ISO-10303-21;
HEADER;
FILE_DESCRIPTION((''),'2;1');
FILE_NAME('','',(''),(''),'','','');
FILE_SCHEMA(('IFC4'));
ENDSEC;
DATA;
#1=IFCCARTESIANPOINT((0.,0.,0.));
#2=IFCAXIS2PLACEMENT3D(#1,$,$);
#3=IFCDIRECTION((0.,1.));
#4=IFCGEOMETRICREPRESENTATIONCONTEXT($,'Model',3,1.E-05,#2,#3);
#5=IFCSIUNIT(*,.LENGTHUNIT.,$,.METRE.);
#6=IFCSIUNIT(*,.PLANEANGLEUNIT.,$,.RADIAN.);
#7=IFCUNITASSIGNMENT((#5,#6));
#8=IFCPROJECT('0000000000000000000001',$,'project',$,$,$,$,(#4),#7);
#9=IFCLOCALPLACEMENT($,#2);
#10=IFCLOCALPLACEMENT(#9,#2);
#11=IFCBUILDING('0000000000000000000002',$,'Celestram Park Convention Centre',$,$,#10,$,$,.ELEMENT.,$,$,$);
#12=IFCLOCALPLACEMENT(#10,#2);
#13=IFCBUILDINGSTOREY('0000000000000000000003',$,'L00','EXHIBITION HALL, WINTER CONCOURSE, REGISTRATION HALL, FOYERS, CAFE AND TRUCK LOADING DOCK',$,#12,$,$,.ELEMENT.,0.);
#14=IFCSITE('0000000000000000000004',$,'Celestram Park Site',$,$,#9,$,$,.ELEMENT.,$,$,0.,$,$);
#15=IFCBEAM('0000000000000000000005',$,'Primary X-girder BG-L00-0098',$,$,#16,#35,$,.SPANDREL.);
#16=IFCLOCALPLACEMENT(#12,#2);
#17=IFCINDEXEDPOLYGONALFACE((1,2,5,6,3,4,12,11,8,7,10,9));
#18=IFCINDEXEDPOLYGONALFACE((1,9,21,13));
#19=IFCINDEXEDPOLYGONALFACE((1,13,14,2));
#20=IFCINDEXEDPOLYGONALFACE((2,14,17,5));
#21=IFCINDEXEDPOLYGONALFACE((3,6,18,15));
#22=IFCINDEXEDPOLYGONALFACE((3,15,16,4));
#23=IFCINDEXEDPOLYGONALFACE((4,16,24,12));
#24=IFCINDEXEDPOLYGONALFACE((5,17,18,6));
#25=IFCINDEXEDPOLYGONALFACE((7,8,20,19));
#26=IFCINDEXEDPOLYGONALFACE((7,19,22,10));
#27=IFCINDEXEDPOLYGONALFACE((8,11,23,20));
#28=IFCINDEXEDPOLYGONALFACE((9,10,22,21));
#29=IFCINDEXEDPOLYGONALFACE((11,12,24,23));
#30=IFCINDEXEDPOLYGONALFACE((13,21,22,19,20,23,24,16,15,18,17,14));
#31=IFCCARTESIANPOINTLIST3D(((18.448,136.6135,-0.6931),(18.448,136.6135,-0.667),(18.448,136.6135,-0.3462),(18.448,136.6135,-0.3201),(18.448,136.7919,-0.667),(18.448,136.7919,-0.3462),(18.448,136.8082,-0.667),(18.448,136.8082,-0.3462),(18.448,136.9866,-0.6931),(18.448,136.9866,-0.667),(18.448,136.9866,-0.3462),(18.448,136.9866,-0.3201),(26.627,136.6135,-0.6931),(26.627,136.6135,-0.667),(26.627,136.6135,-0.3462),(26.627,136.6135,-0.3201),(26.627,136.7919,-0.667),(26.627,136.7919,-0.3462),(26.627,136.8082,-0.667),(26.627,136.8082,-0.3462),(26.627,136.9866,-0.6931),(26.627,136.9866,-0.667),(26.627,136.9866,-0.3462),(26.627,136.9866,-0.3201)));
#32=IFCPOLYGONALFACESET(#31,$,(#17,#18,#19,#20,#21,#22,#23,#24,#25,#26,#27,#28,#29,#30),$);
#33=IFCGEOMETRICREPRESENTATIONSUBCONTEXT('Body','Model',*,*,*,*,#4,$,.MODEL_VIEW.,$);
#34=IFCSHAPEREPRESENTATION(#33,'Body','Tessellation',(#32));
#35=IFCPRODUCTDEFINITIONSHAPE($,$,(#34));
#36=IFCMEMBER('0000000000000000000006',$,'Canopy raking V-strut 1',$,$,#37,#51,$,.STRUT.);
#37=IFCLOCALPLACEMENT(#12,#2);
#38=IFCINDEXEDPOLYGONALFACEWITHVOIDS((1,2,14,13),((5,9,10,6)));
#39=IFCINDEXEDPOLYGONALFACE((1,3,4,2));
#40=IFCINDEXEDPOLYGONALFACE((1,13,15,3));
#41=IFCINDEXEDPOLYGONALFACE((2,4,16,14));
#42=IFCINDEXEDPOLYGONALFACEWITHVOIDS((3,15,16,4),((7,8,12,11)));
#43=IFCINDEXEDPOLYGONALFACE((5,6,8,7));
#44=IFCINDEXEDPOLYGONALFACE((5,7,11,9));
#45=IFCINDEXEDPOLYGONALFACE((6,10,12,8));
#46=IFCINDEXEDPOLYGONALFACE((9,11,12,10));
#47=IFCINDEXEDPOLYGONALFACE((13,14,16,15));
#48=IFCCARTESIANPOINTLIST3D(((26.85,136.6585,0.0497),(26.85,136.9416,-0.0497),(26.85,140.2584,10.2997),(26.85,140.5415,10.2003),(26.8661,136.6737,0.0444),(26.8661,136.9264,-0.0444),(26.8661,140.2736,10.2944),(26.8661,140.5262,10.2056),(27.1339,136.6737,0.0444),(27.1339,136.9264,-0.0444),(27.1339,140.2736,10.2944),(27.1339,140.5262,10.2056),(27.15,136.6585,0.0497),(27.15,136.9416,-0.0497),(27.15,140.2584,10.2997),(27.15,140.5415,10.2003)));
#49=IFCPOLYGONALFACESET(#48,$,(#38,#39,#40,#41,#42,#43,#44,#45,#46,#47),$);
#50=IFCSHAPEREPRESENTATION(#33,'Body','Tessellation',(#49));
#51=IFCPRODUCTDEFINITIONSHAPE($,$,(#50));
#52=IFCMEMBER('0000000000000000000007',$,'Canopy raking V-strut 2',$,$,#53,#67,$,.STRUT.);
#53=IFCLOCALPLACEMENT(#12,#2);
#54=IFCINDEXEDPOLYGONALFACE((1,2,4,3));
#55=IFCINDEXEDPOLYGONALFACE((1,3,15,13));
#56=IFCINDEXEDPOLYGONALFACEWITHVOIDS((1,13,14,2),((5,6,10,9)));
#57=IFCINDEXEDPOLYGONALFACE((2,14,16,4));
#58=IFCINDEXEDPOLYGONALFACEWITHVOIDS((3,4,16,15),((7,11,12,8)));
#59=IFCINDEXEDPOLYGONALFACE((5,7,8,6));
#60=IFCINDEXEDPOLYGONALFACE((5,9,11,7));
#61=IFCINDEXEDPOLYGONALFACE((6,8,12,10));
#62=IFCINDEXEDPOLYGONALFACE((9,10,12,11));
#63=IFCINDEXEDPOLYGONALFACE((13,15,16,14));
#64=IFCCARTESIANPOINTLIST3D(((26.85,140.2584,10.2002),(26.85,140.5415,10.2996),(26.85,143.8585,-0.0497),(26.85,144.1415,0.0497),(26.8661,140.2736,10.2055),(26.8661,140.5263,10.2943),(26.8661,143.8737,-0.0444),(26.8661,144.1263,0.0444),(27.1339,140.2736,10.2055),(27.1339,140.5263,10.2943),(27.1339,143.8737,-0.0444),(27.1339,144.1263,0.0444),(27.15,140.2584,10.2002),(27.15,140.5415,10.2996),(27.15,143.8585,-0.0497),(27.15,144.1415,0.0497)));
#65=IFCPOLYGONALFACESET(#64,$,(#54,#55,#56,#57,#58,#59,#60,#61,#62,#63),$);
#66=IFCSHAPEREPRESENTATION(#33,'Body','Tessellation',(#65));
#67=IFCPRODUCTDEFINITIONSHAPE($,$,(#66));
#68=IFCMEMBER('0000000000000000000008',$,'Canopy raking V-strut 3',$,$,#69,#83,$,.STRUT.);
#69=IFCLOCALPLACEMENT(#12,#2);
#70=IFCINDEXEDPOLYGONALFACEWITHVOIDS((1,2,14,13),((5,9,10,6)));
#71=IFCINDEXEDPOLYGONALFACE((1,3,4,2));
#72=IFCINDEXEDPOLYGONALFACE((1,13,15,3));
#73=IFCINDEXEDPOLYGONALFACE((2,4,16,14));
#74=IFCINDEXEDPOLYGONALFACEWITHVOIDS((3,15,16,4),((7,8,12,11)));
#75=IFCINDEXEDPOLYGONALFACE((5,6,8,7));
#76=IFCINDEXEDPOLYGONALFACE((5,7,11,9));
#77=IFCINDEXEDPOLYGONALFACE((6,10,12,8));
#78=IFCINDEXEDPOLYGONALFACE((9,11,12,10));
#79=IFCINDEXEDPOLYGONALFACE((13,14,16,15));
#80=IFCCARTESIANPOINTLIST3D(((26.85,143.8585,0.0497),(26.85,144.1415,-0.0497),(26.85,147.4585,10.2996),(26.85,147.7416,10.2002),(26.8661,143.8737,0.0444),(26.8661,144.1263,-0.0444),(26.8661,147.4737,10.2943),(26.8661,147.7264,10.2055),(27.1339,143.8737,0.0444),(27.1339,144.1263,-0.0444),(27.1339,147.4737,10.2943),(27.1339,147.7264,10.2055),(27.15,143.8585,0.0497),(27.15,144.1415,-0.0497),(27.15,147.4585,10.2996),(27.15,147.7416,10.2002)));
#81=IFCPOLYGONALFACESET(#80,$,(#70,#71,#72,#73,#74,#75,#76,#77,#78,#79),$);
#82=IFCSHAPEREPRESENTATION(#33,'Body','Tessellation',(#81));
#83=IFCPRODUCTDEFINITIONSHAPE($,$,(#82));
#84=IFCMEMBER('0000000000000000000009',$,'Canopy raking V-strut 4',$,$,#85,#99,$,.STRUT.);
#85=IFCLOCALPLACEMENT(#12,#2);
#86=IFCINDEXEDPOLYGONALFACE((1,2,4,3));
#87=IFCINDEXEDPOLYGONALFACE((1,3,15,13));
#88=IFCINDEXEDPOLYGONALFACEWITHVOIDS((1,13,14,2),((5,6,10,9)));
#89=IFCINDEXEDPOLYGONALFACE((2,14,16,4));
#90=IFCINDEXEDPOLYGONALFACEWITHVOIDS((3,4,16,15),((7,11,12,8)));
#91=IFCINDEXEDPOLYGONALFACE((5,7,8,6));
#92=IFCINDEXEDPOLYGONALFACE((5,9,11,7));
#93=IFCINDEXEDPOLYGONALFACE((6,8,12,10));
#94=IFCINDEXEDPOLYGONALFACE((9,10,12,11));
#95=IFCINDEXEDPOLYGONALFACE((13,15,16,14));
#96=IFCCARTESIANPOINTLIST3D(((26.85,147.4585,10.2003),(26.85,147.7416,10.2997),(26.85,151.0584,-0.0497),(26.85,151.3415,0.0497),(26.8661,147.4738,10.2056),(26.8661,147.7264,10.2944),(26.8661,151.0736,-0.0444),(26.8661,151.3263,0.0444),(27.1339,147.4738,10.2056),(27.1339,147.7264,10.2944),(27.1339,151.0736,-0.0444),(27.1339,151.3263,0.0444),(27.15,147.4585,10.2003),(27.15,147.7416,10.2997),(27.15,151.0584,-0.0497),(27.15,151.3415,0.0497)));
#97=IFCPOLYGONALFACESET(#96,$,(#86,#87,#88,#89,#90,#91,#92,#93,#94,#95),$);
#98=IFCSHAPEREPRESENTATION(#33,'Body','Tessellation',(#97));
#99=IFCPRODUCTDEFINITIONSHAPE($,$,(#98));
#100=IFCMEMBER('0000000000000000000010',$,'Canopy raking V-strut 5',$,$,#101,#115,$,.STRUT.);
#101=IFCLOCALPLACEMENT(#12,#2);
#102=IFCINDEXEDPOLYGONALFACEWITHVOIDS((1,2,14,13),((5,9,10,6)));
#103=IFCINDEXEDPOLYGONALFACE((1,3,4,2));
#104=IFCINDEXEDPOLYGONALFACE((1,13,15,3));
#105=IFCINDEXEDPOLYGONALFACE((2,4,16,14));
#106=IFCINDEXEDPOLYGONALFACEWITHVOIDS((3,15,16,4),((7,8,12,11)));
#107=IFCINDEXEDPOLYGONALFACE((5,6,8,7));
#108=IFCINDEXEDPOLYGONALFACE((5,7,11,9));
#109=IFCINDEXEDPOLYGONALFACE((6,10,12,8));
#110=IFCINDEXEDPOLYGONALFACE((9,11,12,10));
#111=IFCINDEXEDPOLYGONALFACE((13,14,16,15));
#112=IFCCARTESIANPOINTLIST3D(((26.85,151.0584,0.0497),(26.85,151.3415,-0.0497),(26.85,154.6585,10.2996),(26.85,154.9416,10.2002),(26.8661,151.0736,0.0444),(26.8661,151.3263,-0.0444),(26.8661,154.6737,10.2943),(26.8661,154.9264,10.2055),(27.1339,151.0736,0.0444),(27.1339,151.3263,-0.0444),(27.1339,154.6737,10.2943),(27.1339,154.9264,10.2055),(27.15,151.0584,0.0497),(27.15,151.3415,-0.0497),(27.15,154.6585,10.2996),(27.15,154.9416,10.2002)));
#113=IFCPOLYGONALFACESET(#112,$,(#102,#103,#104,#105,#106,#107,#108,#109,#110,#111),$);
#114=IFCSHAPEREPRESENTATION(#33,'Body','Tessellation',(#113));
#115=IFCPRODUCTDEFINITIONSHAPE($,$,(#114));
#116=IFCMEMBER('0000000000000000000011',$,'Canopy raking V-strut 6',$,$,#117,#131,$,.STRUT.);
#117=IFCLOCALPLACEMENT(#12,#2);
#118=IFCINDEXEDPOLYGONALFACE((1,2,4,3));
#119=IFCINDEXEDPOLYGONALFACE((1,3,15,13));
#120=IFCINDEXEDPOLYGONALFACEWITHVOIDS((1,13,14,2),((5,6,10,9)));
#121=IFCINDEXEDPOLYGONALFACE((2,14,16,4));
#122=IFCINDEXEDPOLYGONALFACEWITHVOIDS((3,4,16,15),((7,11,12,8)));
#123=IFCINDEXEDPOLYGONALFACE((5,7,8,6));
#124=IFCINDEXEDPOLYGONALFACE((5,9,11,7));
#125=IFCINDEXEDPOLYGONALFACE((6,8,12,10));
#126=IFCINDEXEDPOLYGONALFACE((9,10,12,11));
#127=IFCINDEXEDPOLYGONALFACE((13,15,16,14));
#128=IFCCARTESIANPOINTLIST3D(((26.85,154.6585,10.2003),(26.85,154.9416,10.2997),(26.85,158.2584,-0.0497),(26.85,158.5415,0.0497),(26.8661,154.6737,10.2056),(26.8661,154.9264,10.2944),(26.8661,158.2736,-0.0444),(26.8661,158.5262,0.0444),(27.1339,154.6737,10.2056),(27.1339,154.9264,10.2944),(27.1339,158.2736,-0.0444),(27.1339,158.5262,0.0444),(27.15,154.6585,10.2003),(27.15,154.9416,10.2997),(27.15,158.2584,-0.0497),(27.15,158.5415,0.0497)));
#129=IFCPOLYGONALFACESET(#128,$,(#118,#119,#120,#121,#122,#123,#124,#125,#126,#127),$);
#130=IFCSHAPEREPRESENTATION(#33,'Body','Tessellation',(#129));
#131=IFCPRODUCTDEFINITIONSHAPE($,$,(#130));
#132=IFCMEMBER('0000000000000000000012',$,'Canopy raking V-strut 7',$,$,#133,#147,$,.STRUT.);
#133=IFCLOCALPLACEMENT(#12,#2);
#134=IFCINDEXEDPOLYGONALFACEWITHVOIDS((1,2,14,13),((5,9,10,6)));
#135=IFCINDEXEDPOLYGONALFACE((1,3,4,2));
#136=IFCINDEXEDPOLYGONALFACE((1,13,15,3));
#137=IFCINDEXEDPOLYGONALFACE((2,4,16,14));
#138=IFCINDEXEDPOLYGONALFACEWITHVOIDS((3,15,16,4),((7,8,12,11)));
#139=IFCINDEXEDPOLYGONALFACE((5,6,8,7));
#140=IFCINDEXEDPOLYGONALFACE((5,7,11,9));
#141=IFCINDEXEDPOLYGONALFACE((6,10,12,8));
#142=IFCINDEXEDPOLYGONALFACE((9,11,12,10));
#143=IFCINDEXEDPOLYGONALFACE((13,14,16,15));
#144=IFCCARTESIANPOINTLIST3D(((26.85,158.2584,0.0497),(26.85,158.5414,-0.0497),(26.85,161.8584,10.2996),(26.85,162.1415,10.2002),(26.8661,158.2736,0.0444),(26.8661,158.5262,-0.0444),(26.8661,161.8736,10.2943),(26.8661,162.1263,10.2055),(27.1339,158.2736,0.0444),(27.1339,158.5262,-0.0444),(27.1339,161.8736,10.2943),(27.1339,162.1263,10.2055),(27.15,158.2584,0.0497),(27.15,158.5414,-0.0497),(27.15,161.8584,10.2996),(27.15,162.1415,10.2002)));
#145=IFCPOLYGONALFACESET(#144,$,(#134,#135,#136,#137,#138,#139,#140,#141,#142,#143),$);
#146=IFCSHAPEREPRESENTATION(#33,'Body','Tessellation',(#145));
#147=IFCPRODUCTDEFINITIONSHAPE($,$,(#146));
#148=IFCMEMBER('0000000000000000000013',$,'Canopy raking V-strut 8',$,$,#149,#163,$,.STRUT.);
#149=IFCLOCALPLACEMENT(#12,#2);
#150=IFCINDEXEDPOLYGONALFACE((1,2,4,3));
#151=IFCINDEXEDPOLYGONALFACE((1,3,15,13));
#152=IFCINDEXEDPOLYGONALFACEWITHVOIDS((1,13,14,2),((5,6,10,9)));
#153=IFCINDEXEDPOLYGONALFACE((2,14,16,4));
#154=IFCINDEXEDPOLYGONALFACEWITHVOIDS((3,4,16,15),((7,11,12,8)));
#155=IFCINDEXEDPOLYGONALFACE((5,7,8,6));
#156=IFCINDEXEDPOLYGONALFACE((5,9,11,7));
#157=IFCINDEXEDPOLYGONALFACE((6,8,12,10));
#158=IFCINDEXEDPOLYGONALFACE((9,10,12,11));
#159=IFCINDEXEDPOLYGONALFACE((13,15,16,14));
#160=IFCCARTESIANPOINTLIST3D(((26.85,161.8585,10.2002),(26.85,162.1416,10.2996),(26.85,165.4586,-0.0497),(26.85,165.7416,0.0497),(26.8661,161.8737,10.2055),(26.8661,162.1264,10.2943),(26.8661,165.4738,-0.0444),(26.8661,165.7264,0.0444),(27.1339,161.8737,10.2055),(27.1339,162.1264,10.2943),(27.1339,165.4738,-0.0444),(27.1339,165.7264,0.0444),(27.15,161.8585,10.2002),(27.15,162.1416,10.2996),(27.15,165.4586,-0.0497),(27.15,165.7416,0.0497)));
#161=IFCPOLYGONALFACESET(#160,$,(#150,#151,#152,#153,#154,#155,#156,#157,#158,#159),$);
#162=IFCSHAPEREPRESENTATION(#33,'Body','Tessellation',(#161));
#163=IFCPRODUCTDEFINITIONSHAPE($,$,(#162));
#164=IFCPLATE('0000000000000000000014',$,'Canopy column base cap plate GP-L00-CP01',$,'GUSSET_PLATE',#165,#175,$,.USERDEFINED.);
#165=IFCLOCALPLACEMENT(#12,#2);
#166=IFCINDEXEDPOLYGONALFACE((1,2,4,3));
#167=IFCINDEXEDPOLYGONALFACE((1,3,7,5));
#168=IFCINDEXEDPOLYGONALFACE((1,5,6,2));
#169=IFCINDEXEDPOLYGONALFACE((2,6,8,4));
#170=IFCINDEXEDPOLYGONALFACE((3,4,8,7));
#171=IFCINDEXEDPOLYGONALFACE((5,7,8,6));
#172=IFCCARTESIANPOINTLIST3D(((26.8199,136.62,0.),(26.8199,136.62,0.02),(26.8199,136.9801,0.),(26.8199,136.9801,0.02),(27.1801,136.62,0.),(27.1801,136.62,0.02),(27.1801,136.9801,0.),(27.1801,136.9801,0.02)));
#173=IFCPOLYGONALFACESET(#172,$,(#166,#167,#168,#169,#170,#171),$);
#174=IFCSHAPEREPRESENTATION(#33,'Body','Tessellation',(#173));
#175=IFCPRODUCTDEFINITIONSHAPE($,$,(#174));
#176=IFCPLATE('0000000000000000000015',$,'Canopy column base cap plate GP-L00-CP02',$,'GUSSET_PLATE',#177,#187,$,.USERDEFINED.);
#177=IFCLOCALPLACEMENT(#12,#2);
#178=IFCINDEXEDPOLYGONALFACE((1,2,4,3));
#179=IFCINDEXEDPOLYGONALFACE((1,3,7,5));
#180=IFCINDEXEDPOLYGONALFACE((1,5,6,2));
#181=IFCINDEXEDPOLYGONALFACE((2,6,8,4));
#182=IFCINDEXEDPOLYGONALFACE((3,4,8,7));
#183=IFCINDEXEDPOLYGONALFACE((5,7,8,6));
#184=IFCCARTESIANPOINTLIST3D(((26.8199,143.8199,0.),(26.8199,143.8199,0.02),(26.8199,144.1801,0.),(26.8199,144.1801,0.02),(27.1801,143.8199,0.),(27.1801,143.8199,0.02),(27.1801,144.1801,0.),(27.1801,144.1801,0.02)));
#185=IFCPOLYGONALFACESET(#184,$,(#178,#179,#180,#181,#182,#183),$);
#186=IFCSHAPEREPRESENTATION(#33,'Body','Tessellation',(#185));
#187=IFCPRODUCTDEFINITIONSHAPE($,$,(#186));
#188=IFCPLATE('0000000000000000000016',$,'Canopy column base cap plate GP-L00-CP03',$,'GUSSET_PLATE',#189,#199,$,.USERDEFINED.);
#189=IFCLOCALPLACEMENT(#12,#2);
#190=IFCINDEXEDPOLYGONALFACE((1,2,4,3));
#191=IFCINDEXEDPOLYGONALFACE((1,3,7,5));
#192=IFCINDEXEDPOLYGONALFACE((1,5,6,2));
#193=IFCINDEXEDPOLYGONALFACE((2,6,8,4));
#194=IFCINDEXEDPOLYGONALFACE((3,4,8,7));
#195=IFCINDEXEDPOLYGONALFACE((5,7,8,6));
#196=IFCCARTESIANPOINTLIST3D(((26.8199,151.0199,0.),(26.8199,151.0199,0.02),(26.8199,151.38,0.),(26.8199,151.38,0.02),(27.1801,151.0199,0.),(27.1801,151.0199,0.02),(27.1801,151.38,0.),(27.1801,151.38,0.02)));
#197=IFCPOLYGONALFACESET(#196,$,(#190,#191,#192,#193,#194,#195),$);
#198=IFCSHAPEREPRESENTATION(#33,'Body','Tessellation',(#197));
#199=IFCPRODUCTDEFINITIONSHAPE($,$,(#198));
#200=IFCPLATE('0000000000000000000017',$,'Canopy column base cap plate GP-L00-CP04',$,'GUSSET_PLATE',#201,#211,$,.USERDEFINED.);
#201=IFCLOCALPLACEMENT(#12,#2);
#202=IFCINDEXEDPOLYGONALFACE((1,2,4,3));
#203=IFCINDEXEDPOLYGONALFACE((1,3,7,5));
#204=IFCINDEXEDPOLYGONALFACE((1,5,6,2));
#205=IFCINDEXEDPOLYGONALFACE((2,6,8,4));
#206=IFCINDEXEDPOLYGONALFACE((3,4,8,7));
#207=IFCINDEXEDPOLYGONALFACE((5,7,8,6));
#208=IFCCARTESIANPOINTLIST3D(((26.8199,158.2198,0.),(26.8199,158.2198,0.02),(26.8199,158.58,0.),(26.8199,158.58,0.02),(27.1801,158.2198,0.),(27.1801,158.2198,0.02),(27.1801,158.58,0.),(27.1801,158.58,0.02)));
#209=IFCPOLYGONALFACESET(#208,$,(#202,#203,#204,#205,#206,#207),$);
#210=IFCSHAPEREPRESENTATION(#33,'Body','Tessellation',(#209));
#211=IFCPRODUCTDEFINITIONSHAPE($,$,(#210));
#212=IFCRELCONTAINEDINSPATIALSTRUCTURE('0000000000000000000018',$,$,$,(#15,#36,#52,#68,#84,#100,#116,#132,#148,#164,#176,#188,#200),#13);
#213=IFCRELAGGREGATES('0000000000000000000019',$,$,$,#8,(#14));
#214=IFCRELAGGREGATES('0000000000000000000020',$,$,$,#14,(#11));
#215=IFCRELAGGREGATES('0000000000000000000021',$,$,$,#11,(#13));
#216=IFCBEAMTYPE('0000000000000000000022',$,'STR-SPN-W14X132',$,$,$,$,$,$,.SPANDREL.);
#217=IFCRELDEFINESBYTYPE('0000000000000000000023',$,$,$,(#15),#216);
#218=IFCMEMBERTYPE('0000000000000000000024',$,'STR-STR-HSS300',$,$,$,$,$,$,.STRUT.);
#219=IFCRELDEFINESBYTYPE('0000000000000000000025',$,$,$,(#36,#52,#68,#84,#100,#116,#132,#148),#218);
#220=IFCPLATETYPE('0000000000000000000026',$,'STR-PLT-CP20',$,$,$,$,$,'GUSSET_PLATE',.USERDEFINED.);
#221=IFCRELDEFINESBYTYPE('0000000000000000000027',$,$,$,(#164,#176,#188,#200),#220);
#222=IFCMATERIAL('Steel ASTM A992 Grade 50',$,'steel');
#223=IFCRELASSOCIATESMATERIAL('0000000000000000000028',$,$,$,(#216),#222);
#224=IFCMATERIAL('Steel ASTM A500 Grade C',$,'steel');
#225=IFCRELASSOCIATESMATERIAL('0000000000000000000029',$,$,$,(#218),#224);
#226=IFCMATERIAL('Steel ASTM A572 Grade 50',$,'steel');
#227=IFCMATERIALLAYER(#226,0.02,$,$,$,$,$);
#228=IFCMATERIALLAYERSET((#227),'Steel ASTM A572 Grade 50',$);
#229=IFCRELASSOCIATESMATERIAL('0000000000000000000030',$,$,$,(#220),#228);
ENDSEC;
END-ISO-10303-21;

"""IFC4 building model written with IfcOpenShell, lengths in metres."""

from ifc_helpers import new_model, si_unit, direction, frame, origin, origin_2d, place, context, subcontext, project, spatial, rectangle, hollow_rectangle, i_section, extrude, material, layer, layer_set, material_profile, profile_set, type_object, element, save


model = new_model("IFC4")

# Units and contexts
model_context = context("Model", 3, precision=1e-05, world=origin(), true_north=direction((0.0, 1.0)))
body_context = subcontext(model_context, "Body", "Model", "MODEL_VIEW")
ifc_project = project(units=[si_unit("LENGTHUNIT", "METRE"), si_unit("PLANEANGLEUNIT", "RADIAN")], contexts=[model_context])

# Site, building, storey
site_placement = place(None, origin())
site = spatial("IfcSite", under=ifc_project, at=site_placement, Name="Celestram Park Site", CompositionType="ELEMENT", RefElevation=0.0)
building_placement = place(site_placement, origin())
building = spatial("IfcBuilding", under=site, at=building_placement, Name="Celestram Park Convention Centre", CompositionType="ELEMENT")
storey_placement = place(building_placement, origin())
storey = spatial("IfcBuildingStorey", under=building, at=storey_placement, Name="L00", Description="EXHIBITION HALL, WINTER CONCOURSE, REGISTRATION HALL, FOYERS, CAFE AND TRUCK LOADING DOCK", CompositionType="ELEMENT", Elevation=0.0)

# Shared definitions
ifc_material_1 = material(Name="Steel ASTM A500 Grade C", Category="steel")

# Beam
ifc_material_2 = material(Name="Steel ASTM A992 Grade 50", Category="steel")
ifc_material_profile_1 = material_profile(ifc_material_2, i_section(OverallWidth=0.373, OverallDepth=0.373, WebThickness=0.0164, FlangeThickness=0.0261, at=origin_2d()), Name="W14X132")
ifc_profile_set_1 = profile_set([ifc_material_profile_1], Name="Steel ASTM A992 Grade 50")
beam_type_1 = type_object("IfcBeamType", Name="STR-SPN-W14X132", PredefinedType="SPANDREL", material=ifc_profile_set_1)
beam_1_placement = place(storey_placement, frame((18.448, 136.8, -0.5066), z_axis=(1.0, 0.0, 0.0), x_axis=(0.0, 1.0, 0.0)))
element("IfcBeam", 1, at=beam_1_placement, inside=storey, type_object=beam_type_1, Name="Primary X-girder BG-L00-0098", PredefinedType="SPANDREL", context=body_context, shape_type="SweptSolid", body=[
    extrude(i_section(OverallWidth=0.373, OverallDepth=0.373, WebThickness=0.0164, FlangeThickness=0.0261, at=origin_2d()), origin(), (0.0, 0.0, 1.0), 8.179),
])

# Members
ifc_material_profile_2 = material_profile(ifc_material_1, hollow_rectangle(XDim=0.3, YDim=0.3, WallThickness=0.0161, at=origin_2d()), Name="HSS300X300X16")
ifc_profile_set_2 = profile_set([ifc_material_profile_2], Name="Steel ASTM A500 Grade C")
member_type = type_object("IfcMemberType", Name="STR-STR-HSS300", PredefinedType="STRUT", material=ifc_profile_set_2)
for number, where, z_axis, x_axis, name in (
    (2, (27.0, 136.8, 0.0), (0.0, 0.331363, 0.943503), (-1.0, 0.0, 0.0), "Canopy raking V-strut 1"),
    (3, (27.0, 144.0, 0.0), (0.0, -0.331383, 0.943496), (1.0, 0.0, 0.0), "Canopy raking V-strut 2"),
    (4, (27.0, 144.0, 0.0), (0.0, 0.331383, 0.943496), (-1.0, 0.0, 0.0), "Canopy raking V-strut 3"),
    (5, (27.0, 151.2, 0.0), (0.0, -0.331363, 0.943503), (1.0, 0.0, 0.0), "Canopy raking V-strut 4"),
    (6, (27.0, 151.2, 0.0), (0.0, 0.331383, 0.943496), (-1.0, 0.0, 0.0), "Canopy raking V-strut 5"),
    (7, (27.0, 158.3999, 0.0), (0.0, -0.331363, 0.943503), (1.0, 0.0, 0.0), "Canopy raking V-strut 6"),
    (8, (27.0, 158.3999, 0.0), (0.0, 0.331383, 0.943496), (-1.0, 0.0, 0.0), "Canopy raking V-strut 7"),
    (9, (27.0, 165.6001, 0.0), (0.0, -0.331383, 0.943496), (1.0, 0.0, 0.0), "Canopy raking V-strut 8"),
):
    element("IfcMember", number, at=place(storey_placement, frame(where, z_axis=z_axis, x_axis=x_axis)), inside=storey, type_object=member_type, Name=name, PredefinedType="STRUT", context=body_context, shape_type="SweptSolid", body=[
        extrude(hollow_rectangle(XDim=0.3, YDim=0.3, WallThickness=0.0161, at=origin_2d()), origin(), (0.0, 0.0, 1.0), 10.8638),
    ])

# Plates
ifc_material_3 = material(Name="Steel ASTM A572 Grade 50", Category="steel")
ifc_layer_1 = layer(ifc_material_3, 0.02)
ifc_layer_set_1 = layer_set([ifc_layer_1], Name="Steel ASTM A572 Grade 50")
plate_type = type_object("IfcPlateType", Name="STR-PLT-CP20", ElementType="GUSSET_PLATE", PredefinedType="USERDEFINED", material=ifc_layer_set_1)
for number, where, z_axis, x_axis, name in (
    (10, (27.0, 136.8, 0.0), (0.0, 0.0, 1.0), (1.0, 0.0, 0.0), "Canopy column base cap plate GP-L00-CP01"),
    (11, (27.0, 144.0, 0.0), (0.0, 0.0, 1.0), (1.0, 0.0, 0.0), "Canopy column base cap plate GP-L00-CP02"),
    (12, (27.0, 151.2, 0.0), (0.0, 0.0, 1.0), (1.0, 0.0, 0.0), "Canopy column base cap plate GP-L00-CP03"),
    (13, (27.0, 158.3999, 0.0), (0.0, 0.0, 1.0), (1.0, 0.0, 0.0), "Canopy column base cap plate GP-L00-CP04"),
):
    element("IfcPlate", number, at=place(storey_placement, frame(where, z_axis=z_axis, x_axis=x_axis)), inside=storey, type_object=plate_type, Name=name, ObjectType="GUSSET_PLATE", PredefinedType="USERDEFINED", context=body_context, shape_type="SweptSolid", body=[
        extrude(rectangle(XDim=0.3601, YDim=0.3601, at=origin_2d()), origin(), (0.0, 0.0, 1.0), 0.02),
    ])

save(model, "model.ifc")
